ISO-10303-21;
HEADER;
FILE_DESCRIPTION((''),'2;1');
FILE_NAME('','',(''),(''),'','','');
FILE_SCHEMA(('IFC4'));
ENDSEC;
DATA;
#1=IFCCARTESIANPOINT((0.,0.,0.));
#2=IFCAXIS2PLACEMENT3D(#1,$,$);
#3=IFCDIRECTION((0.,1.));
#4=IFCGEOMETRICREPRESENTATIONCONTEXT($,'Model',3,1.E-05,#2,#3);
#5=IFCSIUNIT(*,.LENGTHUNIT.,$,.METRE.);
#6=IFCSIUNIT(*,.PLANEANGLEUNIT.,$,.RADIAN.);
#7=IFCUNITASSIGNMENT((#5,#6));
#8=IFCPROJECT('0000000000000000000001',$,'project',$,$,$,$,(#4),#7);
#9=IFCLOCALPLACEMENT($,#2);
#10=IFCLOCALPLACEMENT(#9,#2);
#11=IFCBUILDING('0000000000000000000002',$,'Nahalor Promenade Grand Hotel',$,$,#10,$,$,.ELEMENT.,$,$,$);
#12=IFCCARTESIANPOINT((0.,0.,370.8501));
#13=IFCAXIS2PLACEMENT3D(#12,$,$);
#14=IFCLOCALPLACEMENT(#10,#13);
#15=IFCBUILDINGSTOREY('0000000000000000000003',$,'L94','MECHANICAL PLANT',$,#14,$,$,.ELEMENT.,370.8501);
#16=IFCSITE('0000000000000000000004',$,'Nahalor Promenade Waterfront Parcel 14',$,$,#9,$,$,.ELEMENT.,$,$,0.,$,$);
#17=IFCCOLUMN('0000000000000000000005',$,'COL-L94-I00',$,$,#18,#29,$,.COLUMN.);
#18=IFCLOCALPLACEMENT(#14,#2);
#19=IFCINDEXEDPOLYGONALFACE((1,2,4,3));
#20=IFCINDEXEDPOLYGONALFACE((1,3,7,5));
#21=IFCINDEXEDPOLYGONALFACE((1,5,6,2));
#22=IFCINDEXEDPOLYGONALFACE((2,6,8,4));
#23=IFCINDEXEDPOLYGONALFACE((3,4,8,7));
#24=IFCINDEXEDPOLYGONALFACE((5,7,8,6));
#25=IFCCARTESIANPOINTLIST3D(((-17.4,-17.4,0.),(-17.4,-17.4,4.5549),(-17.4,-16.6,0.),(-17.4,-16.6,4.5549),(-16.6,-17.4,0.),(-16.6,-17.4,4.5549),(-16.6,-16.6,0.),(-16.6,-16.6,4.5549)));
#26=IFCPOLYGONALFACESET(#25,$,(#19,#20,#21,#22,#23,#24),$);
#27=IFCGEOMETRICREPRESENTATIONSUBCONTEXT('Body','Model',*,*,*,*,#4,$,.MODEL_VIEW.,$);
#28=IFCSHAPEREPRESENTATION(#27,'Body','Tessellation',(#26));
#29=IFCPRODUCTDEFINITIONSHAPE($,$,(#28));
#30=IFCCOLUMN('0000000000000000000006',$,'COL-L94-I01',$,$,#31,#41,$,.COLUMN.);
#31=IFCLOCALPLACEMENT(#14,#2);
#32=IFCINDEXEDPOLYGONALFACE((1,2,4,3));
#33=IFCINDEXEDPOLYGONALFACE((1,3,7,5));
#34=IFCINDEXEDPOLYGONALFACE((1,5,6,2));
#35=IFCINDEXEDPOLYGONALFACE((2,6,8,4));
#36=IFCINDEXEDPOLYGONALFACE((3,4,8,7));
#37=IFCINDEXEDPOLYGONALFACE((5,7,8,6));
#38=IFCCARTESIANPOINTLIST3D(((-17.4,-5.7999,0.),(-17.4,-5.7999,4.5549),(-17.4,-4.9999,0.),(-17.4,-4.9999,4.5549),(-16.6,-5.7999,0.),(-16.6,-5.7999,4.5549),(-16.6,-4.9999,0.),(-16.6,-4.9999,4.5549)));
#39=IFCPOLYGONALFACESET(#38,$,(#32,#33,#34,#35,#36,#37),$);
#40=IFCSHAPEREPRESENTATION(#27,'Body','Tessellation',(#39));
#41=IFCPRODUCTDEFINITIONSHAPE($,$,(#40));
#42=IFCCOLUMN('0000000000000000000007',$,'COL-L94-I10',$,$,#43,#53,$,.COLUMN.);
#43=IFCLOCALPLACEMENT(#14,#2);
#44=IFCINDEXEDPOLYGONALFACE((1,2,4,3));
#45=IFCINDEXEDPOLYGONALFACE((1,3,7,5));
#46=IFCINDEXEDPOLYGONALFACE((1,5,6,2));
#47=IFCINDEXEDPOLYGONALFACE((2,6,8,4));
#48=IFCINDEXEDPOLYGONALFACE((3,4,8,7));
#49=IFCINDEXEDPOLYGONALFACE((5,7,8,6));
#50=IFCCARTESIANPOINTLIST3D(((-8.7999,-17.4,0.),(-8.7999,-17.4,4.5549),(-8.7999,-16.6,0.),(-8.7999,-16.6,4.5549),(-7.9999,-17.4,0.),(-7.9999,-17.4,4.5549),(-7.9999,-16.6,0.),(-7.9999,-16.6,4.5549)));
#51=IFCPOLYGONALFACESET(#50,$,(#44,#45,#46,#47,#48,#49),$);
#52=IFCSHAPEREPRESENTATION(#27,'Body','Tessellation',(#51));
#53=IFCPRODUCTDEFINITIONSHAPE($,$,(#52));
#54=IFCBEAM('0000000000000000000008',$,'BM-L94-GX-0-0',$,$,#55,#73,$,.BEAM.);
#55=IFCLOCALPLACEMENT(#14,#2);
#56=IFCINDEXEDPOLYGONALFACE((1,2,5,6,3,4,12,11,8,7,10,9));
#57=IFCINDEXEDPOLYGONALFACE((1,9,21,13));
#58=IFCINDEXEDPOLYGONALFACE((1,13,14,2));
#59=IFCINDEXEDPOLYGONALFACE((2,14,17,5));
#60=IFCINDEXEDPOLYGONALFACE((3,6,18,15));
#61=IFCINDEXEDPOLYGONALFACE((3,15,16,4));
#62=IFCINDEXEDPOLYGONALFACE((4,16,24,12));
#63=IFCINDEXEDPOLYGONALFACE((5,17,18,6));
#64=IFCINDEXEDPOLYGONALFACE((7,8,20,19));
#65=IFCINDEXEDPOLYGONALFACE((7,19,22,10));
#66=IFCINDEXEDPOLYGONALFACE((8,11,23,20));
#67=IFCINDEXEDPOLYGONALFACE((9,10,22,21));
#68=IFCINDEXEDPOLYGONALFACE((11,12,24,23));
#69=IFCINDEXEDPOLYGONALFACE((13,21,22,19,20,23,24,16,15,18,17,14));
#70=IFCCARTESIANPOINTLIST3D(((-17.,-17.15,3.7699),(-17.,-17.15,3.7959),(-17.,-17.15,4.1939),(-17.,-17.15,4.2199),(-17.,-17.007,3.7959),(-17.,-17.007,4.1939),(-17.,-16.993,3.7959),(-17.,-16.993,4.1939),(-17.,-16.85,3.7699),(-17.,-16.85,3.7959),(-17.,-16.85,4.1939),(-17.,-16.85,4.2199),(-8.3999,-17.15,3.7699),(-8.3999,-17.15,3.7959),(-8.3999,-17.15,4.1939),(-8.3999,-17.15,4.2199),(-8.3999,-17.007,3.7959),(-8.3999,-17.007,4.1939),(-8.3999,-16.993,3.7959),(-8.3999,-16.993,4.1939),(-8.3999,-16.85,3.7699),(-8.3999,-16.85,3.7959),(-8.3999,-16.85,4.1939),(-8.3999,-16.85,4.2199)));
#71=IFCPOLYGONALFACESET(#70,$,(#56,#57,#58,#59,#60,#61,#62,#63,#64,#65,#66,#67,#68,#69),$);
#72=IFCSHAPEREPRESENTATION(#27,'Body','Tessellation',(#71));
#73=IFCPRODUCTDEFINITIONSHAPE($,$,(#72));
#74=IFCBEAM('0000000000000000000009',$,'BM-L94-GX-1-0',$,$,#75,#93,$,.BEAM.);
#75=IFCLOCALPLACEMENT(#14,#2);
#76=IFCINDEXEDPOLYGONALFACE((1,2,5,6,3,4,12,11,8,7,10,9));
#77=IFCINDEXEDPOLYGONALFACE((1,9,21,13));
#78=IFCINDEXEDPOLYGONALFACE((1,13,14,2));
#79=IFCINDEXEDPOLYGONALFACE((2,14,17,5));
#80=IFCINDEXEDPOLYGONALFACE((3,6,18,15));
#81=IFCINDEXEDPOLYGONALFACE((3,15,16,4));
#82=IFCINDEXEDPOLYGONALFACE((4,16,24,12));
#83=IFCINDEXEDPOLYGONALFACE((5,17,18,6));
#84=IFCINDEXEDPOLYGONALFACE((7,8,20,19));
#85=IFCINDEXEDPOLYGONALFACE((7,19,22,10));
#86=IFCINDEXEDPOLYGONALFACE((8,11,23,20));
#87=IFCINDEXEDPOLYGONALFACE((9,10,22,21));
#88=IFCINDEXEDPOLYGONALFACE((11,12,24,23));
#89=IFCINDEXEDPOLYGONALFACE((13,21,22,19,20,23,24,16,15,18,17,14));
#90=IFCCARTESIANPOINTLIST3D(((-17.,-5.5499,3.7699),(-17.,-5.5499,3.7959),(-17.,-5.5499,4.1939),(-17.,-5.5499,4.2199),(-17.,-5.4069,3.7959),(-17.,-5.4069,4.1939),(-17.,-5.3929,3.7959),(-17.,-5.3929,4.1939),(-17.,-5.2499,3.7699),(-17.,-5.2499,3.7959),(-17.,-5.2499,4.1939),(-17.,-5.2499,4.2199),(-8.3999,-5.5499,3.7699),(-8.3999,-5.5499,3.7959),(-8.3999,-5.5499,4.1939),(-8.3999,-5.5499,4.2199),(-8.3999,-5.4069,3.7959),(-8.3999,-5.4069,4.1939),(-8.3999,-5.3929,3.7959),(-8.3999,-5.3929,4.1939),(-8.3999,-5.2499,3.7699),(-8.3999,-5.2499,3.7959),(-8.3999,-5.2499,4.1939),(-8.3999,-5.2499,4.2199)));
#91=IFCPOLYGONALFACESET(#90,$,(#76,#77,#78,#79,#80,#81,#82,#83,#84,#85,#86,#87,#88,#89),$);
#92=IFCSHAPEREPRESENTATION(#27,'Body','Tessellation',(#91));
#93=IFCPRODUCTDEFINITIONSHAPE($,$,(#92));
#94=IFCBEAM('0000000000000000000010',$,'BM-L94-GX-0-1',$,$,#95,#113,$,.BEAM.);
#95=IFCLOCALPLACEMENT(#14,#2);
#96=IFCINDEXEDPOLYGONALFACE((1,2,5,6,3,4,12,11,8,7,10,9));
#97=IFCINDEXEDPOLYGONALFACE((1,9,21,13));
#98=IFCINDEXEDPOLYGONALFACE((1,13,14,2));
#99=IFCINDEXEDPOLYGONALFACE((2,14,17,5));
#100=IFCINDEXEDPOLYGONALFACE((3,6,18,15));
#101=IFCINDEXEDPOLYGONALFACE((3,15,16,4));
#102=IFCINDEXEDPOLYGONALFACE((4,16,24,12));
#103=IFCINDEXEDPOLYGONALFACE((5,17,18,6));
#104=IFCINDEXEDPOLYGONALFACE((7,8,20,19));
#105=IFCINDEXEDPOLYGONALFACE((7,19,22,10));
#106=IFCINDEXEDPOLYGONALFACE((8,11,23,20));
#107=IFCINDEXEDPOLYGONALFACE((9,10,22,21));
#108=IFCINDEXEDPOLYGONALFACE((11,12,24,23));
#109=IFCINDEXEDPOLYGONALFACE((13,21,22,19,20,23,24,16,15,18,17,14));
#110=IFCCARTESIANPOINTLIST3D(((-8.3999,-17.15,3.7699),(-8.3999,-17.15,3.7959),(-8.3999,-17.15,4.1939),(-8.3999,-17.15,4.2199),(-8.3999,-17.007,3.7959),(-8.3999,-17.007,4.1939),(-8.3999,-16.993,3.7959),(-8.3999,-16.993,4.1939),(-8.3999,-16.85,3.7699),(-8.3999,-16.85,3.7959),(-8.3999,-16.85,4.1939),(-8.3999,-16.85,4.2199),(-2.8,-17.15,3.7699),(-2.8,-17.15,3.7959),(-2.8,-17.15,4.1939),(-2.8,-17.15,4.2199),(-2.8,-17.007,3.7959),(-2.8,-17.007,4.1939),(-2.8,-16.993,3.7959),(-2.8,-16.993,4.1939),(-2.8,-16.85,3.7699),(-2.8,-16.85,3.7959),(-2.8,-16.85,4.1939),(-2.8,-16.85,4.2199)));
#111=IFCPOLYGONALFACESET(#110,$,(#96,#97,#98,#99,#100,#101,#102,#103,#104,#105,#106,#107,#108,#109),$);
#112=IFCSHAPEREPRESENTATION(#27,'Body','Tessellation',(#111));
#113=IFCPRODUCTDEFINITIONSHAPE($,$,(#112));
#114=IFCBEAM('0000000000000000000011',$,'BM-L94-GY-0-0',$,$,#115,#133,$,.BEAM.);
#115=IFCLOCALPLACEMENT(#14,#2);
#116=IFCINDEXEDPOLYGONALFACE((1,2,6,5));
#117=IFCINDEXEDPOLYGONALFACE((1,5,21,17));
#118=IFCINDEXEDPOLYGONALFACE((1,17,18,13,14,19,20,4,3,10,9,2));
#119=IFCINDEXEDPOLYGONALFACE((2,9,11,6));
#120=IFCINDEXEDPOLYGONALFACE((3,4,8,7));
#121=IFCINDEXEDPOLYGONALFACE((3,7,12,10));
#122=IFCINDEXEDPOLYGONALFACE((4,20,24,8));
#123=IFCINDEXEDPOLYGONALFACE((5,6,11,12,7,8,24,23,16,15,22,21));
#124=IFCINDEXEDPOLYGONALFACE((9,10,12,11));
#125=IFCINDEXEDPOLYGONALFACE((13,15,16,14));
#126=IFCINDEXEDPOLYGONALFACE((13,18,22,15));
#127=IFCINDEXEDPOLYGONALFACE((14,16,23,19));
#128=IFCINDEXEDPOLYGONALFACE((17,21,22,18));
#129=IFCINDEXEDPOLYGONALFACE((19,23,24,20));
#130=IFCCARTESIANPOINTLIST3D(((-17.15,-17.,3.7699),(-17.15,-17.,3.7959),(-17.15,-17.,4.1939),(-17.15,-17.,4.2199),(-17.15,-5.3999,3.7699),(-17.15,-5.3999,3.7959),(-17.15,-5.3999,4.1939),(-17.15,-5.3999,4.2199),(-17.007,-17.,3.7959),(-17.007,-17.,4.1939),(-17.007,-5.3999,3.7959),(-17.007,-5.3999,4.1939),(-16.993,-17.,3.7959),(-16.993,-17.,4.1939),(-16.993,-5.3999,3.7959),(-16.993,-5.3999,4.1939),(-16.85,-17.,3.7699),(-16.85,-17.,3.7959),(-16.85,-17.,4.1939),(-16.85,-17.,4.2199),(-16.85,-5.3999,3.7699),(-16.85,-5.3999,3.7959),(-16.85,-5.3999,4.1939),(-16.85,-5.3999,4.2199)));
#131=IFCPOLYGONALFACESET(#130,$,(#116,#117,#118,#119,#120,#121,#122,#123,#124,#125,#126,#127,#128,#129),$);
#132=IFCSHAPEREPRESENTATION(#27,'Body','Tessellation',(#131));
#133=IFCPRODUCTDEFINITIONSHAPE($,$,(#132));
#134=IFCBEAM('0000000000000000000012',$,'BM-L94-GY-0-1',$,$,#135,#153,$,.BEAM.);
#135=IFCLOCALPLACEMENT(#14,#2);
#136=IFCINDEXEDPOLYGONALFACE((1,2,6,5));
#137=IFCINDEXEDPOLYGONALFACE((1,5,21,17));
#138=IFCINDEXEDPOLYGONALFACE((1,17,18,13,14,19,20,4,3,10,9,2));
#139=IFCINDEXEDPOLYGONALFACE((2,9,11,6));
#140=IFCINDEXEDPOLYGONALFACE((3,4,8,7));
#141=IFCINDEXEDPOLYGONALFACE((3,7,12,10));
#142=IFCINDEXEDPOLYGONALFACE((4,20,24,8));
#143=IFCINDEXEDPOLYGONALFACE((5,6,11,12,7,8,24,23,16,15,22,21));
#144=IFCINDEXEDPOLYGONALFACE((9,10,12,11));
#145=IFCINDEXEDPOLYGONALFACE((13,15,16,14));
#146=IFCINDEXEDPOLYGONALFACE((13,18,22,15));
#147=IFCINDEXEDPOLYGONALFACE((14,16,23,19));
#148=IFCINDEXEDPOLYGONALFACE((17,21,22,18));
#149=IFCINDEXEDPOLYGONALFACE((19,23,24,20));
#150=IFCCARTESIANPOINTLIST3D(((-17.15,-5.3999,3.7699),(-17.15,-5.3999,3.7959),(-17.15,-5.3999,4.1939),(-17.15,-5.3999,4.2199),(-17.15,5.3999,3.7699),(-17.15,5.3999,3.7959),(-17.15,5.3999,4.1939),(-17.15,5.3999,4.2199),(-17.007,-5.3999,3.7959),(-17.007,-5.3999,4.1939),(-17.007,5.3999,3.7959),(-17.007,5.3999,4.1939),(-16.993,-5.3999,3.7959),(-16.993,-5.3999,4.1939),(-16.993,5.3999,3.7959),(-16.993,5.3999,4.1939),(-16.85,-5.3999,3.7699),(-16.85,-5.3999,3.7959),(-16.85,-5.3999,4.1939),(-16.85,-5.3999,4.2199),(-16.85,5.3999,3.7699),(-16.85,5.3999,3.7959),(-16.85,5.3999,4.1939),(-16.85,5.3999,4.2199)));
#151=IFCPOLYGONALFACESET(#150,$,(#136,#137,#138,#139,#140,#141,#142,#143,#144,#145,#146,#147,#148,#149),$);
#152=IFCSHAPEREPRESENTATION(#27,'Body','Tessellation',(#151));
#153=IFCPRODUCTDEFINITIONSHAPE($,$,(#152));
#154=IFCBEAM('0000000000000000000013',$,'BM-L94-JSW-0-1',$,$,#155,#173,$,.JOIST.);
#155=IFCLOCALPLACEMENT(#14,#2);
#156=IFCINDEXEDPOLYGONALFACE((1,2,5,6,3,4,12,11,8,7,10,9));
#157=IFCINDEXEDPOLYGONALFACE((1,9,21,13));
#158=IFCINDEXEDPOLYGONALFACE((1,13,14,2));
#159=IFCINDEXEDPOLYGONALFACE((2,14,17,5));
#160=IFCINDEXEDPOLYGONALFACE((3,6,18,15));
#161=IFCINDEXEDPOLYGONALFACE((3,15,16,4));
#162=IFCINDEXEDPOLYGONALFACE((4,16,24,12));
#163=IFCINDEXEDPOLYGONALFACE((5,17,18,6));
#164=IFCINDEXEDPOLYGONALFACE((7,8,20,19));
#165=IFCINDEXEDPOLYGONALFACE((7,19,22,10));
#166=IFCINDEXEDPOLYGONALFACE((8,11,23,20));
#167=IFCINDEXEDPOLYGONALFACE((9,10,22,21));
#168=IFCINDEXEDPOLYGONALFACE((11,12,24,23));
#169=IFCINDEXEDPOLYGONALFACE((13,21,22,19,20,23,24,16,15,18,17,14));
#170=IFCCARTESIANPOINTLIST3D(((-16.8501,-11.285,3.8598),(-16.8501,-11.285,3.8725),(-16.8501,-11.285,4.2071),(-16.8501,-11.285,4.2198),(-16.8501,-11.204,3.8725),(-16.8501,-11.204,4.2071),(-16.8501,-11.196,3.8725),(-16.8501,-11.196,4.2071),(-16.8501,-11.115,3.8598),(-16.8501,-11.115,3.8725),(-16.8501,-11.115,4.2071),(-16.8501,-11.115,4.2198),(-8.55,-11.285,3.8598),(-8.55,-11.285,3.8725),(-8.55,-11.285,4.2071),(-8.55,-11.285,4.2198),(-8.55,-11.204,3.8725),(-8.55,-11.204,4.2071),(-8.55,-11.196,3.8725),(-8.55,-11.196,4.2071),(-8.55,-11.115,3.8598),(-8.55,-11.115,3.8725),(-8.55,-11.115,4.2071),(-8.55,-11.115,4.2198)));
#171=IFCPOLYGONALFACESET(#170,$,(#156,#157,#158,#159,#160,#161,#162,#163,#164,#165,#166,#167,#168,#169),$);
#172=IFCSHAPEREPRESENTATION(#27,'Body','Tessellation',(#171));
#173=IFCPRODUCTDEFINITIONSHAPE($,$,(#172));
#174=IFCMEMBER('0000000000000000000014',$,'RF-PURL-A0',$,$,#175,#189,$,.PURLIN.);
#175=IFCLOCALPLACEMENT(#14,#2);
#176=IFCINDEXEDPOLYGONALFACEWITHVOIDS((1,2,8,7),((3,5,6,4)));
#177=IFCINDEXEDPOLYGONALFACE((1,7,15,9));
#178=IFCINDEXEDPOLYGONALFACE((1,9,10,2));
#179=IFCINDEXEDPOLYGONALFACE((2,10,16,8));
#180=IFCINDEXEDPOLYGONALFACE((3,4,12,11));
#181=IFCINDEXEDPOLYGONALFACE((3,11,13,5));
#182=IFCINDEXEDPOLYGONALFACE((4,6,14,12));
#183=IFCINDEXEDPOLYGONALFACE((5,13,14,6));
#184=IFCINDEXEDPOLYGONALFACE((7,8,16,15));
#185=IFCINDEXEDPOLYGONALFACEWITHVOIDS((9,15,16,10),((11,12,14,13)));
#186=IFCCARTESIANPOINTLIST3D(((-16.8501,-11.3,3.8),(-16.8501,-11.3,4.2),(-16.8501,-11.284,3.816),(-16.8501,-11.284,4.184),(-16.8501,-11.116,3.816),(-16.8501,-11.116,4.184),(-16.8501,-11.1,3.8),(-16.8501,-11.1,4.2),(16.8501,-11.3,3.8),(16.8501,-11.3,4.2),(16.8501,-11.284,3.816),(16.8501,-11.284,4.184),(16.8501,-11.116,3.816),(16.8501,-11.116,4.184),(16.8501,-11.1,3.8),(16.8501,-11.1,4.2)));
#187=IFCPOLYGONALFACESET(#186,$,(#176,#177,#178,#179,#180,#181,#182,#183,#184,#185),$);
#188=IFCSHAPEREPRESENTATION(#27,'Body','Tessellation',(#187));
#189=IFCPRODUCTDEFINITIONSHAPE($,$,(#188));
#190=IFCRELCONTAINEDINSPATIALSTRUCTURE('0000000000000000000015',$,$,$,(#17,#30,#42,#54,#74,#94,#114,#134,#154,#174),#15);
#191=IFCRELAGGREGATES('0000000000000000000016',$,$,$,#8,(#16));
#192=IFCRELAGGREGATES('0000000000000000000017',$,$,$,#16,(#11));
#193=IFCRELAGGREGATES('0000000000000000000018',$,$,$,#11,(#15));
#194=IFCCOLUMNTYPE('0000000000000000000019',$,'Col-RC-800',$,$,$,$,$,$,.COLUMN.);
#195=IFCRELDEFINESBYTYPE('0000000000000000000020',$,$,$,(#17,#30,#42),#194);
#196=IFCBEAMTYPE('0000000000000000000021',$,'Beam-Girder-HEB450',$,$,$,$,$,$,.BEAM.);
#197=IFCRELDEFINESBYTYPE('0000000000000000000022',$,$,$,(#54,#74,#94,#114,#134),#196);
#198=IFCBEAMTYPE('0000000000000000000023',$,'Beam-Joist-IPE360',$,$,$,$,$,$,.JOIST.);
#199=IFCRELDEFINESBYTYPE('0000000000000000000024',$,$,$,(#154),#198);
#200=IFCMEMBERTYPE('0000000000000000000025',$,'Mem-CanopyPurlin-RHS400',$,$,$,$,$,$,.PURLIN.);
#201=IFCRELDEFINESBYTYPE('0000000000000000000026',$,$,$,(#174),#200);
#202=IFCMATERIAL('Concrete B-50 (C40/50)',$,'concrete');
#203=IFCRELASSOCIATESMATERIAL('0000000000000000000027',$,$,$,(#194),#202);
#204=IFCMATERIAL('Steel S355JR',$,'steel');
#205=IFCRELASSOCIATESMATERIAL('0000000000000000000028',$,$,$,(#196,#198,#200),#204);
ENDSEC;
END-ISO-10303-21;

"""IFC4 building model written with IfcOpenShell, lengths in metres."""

from ifc_helpers import new_model, si_unit, direction, frame, origin, origin_2d, place, context, subcontext, project, spatial, rectangle, hollow_rectangle, i_section, extrude, source, transform, mapped, material, material_profile, profile_set, type_object, element, save


model = new_model("IFC4")

# Units and contexts
model_context = context("Model", 3, precision=1e-05, world=origin(), true_north=direction((0.0, 1.0)))
body_context = subcontext(model_context, "Body", "Model", "MODEL_VIEW")
ifc_project = project(units=[si_unit("LENGTHUNIT", "METRE"), si_unit("PLANEANGLEUNIT", "RADIAN")], contexts=[model_context])

# Site, building, storey
site_placement = place(None, origin())
site = spatial("IfcSite", under=ifc_project, at=site_placement, Name="Nahalor Promenade Waterfront Parcel 14", CompositionType="ELEMENT", RefElevation=0.0)
building_placement = place(site_placement, origin())
building = spatial("IfcBuilding", under=site, at=building_placement, Name="Nahalor Promenade Grand Hotel", CompositionType="ELEMENT")
storey_placement = place(building_placement, frame((0.0, 0.0, 370.8501)))
storey = spatial("IfcBuildingStorey", under=building, at=storey_placement, Name="L94", Description="MECHANICAL PLANT", CompositionType="ELEMENT", Elevation=370.8501)

# Columns
ifc_material_1 = material(Name="Concrete B-50 (C40/50)", Category="concrete")
ifc_material_profile_1 = material_profile(ifc_material_1, rectangle(XDim=0.8, YDim=0.8, at=origin_2d()), Name="RC 800x800")
ifc_profile_set_1 = profile_set([ifc_material_profile_1], Name="Concrete B-50 (C40/50)")
column_type = type_object("IfcColumnType", Name="Col-RC-800", PredefinedType="COLUMN", material=ifc_profile_set_1)
shared_shape_1 = source(origin(), body_context, "Body", "SweptSolid", [
    extrude(rectangle(XDim=0.8, YDim=0.8, at=origin_2d()), origin(), (0.0, 0.0, 1.0), 4.5549),
])
for number, where, z_axis, x_axis, name in (
    (1, (-17.0, -17.0, 0.0), (0.0, 0.0, 1.0), (1.0, 0.0, 0.0), "COL-L94-I00"),
    (2, (-17.0, -5.3999, 0.0), (0.0, 0.0, 1.0), (1.0, 0.0, 0.0), "COL-L94-I01"),
    (3, (-8.3999, -17.0, 0.0), (0.0, 0.0, 1.0), (1.0, 0.0, 0.0), "COL-L94-I10"),
):
    element("IfcColumn", number, at=place(storey_placement, frame(where, z_axis=z_axis, x_axis=x_axis)), inside=storey, type_object=column_type, Name=name, PredefinedType="COLUMN", context=body_context, shape_type="MappedRepresentation", body=[
        mapped(shared_shape_1, transform((0.0, 0.0, 0.0), scale=1.0)),
    ])

# Beams
ifc_material_2 = material(Name="Steel S355JR", Category="steel")
ifc_material_profile_2 = material_profile(ifc_material_2, i_section(OverallWidth=0.3, OverallDepth=0.45, WebThickness=0.014, FlangeThickness=0.026, at=origin_2d()), Name="HEB 450")
ifc_profile_set_2 = profile_set([ifc_material_profile_2], Name="Steel S355JR")
beam_type_1 = type_object("IfcBeamType", Name="Beam-Girder-HEB450", PredefinedType="BEAM", material=ifc_profile_set_2)
shared_shape_2 = source(origin(), body_context, "Body", "SweptSolid", [
    extrude(i_section(OverallWidth=0.3, OverallDepth=0.45, WebThickness=0.014, FlangeThickness=0.026, at=origin_2d()), origin(), (0.0, 0.0, 1.0), 8.6001),
])
for number, where, z_axis, x_axis, name in (
    (4, (-17.0, -17.0, 3.9949), (1.0, 0.0, 0.0), (0.0, 1.0, 0.0), "BM-L94-GX-0-0"),
    (5, (-17.0, -5.3999, 3.9949), (1.0, 0.0, 0.0), (0.0, 1.0, 0.0), "BM-L94-GX-1-0"),
):
    element("IfcBeam", number, at=place(storey_placement, frame(where, z_axis=z_axis, x_axis=x_axis)), inside=storey, type_object=beam_type_1, Name=name, PredefinedType="BEAM", context=body_context, shape_type="MappedRepresentation", body=[
        mapped(shared_shape_2, transform((0.0, 0.0, 0.0), scale=1.0)),
    ])
shared_shape_3 = source(origin(), body_context, "Body", "SweptSolid", [
    extrude(i_section(OverallWidth=0.3, OverallDepth=0.45, WebThickness=0.014, FlangeThickness=0.026, at=origin_2d()), origin(), (0.0, 0.0, 1.0), 5.5999),
])
beam_1_placement = place(storey_placement, frame((-8.3999, -17.0, 3.9949), z_axis=(1.0, 0.0, 0.0), x_axis=(0.0, 1.0, 0.0)))
element("IfcBeam", 6, at=beam_1_placement, inside=storey, type_object=beam_type_1, Name="BM-L94-GX-0-1", PredefinedType="BEAM", context=body_context, shape_type="MappedRepresentation", body=[
    mapped(shared_shape_3, transform((0.0, 0.0, 0.0), scale=1.0)),
])
shared_shape_4 = source(origin(), body_context, "Body", "SweptSolid", [
    extrude(i_section(OverallWidth=0.3, OverallDepth=0.45, WebThickness=0.014, FlangeThickness=0.026, at=origin_2d()), origin(), (0.0, 0.0, 1.0), 11.6001),
])
beam_2_placement = place(storey_placement, frame((-17.0, -17.0, 3.9949), z_axis=(0.0, 1.0, 0.0), x_axis=(-1.0, 0.0, 0.0)))
element("IfcBeam", 7, at=beam_2_placement, inside=storey, type_object=beam_type_1, Name="BM-L94-GY-0-0", PredefinedType="BEAM", context=body_context, shape_type="MappedRepresentation", body=[
    mapped(shared_shape_4, transform((0.0, 0.0, 0.0), scale=1.0)),
])
shared_shape_5 = source(origin(), body_context, "Body", "SweptSolid", [
    extrude(i_section(OverallWidth=0.3, OverallDepth=0.45, WebThickness=0.014, FlangeThickness=0.026, at=origin_2d()), origin(), (0.0, 0.0, 1.0), 10.7998),
])
beam_3_placement = place(storey_placement, frame((-17.0, -5.3999, 3.9949), z_axis=(0.0, 1.0, 0.0), x_axis=(-1.0, 0.0, 0.0)))
element("IfcBeam", 8, at=beam_3_placement, inside=storey, type_object=beam_type_1, Name="BM-L94-GY-0-1", PredefinedType="BEAM", context=body_context, shape_type="MappedRepresentation", body=[
    mapped(shared_shape_5, transform((0.0, 0.0, 0.0), scale=1.0)),
])
ifc_material_profile_3 = material_profile(ifc_material_2, i_section(OverallWidth=0.17, OverallDepth=0.36, WebThickness=0.008, FlangeThickness=0.0127, at=origin_2d()), Name="IPE 360")
ifc_profile_set_3 = profile_set([ifc_material_profile_3], Name="Steel S355JR")
beam_type_2 = type_object("IfcBeamType", Name="Beam-Joist-IPE360", PredefinedType="JOIST", material=ifc_profile_set_3)
shared_shape_6 = source(origin(), body_context, "Body", "SweptSolid", [
    extrude(i_section(OverallWidth=0.17, OverallDepth=0.36, WebThickness=0.008, FlangeThickness=0.0127, at=origin_2d()), origin(), (0.0, 0.0, 1.0), 8.3),
])
beam_4_placement = place(storey_placement, frame((-16.8501, -11.2, 4.0398), z_axis=(1.0, 0.0, 0.0), x_axis=(0.0, 1.0, 0.0)))
element("IfcBeam", 9, at=beam_4_placement, inside=storey, type_object=beam_type_2, Name="BM-L94-JSW-0-1", PredefinedType="JOIST", context=body_context, shape_type="MappedRepresentation", body=[
    mapped(shared_shape_6, transform((0.0, 0.0, 0.0), scale=1.0)),
])

# Member
ifc_material_profile_4 = material_profile(ifc_material_2, hollow_rectangle(XDim=0.2, YDim=0.4, WallThickness=0.016, at=origin_2d()), Name="RHS 400x200x16")
ifc_profile_set_4 = profile_set([ifc_material_profile_4], Name="Steel S355JR")
member_type_1 = type_object("IfcMemberType", Name="Mem-CanopyPurlin-RHS400", PredefinedType="PURLIN", material=ifc_profile_set_4)
shared_shape_7 = source(origin(), body_context, "Body", "SweptSolid", [
    extrude(hollow_rectangle(XDim=0.2, YDim=0.4, WallThickness=0.016, at=origin_2d()), origin(), (0.0, 0.0, 1.0), 33.7002),
])
member_1_placement = place(storey_placement, frame((-16.8501, -11.2, 4.0), z_axis=(1.0, 0.0, 0.0), x_axis=(0.0, 1.0, 0.0)))
element("IfcMember", 10, at=member_1_placement, inside=storey, type_object=member_type_1, Name="RF-PURL-A0", PredefinedType="PURLIN", context=body_context, shape_type="MappedRepresentation", body=[
    mapped(shared_shape_7, transform((0.0, 0.0, 0.0), scale=1.0)),
])

save(model, "model.ifc")
